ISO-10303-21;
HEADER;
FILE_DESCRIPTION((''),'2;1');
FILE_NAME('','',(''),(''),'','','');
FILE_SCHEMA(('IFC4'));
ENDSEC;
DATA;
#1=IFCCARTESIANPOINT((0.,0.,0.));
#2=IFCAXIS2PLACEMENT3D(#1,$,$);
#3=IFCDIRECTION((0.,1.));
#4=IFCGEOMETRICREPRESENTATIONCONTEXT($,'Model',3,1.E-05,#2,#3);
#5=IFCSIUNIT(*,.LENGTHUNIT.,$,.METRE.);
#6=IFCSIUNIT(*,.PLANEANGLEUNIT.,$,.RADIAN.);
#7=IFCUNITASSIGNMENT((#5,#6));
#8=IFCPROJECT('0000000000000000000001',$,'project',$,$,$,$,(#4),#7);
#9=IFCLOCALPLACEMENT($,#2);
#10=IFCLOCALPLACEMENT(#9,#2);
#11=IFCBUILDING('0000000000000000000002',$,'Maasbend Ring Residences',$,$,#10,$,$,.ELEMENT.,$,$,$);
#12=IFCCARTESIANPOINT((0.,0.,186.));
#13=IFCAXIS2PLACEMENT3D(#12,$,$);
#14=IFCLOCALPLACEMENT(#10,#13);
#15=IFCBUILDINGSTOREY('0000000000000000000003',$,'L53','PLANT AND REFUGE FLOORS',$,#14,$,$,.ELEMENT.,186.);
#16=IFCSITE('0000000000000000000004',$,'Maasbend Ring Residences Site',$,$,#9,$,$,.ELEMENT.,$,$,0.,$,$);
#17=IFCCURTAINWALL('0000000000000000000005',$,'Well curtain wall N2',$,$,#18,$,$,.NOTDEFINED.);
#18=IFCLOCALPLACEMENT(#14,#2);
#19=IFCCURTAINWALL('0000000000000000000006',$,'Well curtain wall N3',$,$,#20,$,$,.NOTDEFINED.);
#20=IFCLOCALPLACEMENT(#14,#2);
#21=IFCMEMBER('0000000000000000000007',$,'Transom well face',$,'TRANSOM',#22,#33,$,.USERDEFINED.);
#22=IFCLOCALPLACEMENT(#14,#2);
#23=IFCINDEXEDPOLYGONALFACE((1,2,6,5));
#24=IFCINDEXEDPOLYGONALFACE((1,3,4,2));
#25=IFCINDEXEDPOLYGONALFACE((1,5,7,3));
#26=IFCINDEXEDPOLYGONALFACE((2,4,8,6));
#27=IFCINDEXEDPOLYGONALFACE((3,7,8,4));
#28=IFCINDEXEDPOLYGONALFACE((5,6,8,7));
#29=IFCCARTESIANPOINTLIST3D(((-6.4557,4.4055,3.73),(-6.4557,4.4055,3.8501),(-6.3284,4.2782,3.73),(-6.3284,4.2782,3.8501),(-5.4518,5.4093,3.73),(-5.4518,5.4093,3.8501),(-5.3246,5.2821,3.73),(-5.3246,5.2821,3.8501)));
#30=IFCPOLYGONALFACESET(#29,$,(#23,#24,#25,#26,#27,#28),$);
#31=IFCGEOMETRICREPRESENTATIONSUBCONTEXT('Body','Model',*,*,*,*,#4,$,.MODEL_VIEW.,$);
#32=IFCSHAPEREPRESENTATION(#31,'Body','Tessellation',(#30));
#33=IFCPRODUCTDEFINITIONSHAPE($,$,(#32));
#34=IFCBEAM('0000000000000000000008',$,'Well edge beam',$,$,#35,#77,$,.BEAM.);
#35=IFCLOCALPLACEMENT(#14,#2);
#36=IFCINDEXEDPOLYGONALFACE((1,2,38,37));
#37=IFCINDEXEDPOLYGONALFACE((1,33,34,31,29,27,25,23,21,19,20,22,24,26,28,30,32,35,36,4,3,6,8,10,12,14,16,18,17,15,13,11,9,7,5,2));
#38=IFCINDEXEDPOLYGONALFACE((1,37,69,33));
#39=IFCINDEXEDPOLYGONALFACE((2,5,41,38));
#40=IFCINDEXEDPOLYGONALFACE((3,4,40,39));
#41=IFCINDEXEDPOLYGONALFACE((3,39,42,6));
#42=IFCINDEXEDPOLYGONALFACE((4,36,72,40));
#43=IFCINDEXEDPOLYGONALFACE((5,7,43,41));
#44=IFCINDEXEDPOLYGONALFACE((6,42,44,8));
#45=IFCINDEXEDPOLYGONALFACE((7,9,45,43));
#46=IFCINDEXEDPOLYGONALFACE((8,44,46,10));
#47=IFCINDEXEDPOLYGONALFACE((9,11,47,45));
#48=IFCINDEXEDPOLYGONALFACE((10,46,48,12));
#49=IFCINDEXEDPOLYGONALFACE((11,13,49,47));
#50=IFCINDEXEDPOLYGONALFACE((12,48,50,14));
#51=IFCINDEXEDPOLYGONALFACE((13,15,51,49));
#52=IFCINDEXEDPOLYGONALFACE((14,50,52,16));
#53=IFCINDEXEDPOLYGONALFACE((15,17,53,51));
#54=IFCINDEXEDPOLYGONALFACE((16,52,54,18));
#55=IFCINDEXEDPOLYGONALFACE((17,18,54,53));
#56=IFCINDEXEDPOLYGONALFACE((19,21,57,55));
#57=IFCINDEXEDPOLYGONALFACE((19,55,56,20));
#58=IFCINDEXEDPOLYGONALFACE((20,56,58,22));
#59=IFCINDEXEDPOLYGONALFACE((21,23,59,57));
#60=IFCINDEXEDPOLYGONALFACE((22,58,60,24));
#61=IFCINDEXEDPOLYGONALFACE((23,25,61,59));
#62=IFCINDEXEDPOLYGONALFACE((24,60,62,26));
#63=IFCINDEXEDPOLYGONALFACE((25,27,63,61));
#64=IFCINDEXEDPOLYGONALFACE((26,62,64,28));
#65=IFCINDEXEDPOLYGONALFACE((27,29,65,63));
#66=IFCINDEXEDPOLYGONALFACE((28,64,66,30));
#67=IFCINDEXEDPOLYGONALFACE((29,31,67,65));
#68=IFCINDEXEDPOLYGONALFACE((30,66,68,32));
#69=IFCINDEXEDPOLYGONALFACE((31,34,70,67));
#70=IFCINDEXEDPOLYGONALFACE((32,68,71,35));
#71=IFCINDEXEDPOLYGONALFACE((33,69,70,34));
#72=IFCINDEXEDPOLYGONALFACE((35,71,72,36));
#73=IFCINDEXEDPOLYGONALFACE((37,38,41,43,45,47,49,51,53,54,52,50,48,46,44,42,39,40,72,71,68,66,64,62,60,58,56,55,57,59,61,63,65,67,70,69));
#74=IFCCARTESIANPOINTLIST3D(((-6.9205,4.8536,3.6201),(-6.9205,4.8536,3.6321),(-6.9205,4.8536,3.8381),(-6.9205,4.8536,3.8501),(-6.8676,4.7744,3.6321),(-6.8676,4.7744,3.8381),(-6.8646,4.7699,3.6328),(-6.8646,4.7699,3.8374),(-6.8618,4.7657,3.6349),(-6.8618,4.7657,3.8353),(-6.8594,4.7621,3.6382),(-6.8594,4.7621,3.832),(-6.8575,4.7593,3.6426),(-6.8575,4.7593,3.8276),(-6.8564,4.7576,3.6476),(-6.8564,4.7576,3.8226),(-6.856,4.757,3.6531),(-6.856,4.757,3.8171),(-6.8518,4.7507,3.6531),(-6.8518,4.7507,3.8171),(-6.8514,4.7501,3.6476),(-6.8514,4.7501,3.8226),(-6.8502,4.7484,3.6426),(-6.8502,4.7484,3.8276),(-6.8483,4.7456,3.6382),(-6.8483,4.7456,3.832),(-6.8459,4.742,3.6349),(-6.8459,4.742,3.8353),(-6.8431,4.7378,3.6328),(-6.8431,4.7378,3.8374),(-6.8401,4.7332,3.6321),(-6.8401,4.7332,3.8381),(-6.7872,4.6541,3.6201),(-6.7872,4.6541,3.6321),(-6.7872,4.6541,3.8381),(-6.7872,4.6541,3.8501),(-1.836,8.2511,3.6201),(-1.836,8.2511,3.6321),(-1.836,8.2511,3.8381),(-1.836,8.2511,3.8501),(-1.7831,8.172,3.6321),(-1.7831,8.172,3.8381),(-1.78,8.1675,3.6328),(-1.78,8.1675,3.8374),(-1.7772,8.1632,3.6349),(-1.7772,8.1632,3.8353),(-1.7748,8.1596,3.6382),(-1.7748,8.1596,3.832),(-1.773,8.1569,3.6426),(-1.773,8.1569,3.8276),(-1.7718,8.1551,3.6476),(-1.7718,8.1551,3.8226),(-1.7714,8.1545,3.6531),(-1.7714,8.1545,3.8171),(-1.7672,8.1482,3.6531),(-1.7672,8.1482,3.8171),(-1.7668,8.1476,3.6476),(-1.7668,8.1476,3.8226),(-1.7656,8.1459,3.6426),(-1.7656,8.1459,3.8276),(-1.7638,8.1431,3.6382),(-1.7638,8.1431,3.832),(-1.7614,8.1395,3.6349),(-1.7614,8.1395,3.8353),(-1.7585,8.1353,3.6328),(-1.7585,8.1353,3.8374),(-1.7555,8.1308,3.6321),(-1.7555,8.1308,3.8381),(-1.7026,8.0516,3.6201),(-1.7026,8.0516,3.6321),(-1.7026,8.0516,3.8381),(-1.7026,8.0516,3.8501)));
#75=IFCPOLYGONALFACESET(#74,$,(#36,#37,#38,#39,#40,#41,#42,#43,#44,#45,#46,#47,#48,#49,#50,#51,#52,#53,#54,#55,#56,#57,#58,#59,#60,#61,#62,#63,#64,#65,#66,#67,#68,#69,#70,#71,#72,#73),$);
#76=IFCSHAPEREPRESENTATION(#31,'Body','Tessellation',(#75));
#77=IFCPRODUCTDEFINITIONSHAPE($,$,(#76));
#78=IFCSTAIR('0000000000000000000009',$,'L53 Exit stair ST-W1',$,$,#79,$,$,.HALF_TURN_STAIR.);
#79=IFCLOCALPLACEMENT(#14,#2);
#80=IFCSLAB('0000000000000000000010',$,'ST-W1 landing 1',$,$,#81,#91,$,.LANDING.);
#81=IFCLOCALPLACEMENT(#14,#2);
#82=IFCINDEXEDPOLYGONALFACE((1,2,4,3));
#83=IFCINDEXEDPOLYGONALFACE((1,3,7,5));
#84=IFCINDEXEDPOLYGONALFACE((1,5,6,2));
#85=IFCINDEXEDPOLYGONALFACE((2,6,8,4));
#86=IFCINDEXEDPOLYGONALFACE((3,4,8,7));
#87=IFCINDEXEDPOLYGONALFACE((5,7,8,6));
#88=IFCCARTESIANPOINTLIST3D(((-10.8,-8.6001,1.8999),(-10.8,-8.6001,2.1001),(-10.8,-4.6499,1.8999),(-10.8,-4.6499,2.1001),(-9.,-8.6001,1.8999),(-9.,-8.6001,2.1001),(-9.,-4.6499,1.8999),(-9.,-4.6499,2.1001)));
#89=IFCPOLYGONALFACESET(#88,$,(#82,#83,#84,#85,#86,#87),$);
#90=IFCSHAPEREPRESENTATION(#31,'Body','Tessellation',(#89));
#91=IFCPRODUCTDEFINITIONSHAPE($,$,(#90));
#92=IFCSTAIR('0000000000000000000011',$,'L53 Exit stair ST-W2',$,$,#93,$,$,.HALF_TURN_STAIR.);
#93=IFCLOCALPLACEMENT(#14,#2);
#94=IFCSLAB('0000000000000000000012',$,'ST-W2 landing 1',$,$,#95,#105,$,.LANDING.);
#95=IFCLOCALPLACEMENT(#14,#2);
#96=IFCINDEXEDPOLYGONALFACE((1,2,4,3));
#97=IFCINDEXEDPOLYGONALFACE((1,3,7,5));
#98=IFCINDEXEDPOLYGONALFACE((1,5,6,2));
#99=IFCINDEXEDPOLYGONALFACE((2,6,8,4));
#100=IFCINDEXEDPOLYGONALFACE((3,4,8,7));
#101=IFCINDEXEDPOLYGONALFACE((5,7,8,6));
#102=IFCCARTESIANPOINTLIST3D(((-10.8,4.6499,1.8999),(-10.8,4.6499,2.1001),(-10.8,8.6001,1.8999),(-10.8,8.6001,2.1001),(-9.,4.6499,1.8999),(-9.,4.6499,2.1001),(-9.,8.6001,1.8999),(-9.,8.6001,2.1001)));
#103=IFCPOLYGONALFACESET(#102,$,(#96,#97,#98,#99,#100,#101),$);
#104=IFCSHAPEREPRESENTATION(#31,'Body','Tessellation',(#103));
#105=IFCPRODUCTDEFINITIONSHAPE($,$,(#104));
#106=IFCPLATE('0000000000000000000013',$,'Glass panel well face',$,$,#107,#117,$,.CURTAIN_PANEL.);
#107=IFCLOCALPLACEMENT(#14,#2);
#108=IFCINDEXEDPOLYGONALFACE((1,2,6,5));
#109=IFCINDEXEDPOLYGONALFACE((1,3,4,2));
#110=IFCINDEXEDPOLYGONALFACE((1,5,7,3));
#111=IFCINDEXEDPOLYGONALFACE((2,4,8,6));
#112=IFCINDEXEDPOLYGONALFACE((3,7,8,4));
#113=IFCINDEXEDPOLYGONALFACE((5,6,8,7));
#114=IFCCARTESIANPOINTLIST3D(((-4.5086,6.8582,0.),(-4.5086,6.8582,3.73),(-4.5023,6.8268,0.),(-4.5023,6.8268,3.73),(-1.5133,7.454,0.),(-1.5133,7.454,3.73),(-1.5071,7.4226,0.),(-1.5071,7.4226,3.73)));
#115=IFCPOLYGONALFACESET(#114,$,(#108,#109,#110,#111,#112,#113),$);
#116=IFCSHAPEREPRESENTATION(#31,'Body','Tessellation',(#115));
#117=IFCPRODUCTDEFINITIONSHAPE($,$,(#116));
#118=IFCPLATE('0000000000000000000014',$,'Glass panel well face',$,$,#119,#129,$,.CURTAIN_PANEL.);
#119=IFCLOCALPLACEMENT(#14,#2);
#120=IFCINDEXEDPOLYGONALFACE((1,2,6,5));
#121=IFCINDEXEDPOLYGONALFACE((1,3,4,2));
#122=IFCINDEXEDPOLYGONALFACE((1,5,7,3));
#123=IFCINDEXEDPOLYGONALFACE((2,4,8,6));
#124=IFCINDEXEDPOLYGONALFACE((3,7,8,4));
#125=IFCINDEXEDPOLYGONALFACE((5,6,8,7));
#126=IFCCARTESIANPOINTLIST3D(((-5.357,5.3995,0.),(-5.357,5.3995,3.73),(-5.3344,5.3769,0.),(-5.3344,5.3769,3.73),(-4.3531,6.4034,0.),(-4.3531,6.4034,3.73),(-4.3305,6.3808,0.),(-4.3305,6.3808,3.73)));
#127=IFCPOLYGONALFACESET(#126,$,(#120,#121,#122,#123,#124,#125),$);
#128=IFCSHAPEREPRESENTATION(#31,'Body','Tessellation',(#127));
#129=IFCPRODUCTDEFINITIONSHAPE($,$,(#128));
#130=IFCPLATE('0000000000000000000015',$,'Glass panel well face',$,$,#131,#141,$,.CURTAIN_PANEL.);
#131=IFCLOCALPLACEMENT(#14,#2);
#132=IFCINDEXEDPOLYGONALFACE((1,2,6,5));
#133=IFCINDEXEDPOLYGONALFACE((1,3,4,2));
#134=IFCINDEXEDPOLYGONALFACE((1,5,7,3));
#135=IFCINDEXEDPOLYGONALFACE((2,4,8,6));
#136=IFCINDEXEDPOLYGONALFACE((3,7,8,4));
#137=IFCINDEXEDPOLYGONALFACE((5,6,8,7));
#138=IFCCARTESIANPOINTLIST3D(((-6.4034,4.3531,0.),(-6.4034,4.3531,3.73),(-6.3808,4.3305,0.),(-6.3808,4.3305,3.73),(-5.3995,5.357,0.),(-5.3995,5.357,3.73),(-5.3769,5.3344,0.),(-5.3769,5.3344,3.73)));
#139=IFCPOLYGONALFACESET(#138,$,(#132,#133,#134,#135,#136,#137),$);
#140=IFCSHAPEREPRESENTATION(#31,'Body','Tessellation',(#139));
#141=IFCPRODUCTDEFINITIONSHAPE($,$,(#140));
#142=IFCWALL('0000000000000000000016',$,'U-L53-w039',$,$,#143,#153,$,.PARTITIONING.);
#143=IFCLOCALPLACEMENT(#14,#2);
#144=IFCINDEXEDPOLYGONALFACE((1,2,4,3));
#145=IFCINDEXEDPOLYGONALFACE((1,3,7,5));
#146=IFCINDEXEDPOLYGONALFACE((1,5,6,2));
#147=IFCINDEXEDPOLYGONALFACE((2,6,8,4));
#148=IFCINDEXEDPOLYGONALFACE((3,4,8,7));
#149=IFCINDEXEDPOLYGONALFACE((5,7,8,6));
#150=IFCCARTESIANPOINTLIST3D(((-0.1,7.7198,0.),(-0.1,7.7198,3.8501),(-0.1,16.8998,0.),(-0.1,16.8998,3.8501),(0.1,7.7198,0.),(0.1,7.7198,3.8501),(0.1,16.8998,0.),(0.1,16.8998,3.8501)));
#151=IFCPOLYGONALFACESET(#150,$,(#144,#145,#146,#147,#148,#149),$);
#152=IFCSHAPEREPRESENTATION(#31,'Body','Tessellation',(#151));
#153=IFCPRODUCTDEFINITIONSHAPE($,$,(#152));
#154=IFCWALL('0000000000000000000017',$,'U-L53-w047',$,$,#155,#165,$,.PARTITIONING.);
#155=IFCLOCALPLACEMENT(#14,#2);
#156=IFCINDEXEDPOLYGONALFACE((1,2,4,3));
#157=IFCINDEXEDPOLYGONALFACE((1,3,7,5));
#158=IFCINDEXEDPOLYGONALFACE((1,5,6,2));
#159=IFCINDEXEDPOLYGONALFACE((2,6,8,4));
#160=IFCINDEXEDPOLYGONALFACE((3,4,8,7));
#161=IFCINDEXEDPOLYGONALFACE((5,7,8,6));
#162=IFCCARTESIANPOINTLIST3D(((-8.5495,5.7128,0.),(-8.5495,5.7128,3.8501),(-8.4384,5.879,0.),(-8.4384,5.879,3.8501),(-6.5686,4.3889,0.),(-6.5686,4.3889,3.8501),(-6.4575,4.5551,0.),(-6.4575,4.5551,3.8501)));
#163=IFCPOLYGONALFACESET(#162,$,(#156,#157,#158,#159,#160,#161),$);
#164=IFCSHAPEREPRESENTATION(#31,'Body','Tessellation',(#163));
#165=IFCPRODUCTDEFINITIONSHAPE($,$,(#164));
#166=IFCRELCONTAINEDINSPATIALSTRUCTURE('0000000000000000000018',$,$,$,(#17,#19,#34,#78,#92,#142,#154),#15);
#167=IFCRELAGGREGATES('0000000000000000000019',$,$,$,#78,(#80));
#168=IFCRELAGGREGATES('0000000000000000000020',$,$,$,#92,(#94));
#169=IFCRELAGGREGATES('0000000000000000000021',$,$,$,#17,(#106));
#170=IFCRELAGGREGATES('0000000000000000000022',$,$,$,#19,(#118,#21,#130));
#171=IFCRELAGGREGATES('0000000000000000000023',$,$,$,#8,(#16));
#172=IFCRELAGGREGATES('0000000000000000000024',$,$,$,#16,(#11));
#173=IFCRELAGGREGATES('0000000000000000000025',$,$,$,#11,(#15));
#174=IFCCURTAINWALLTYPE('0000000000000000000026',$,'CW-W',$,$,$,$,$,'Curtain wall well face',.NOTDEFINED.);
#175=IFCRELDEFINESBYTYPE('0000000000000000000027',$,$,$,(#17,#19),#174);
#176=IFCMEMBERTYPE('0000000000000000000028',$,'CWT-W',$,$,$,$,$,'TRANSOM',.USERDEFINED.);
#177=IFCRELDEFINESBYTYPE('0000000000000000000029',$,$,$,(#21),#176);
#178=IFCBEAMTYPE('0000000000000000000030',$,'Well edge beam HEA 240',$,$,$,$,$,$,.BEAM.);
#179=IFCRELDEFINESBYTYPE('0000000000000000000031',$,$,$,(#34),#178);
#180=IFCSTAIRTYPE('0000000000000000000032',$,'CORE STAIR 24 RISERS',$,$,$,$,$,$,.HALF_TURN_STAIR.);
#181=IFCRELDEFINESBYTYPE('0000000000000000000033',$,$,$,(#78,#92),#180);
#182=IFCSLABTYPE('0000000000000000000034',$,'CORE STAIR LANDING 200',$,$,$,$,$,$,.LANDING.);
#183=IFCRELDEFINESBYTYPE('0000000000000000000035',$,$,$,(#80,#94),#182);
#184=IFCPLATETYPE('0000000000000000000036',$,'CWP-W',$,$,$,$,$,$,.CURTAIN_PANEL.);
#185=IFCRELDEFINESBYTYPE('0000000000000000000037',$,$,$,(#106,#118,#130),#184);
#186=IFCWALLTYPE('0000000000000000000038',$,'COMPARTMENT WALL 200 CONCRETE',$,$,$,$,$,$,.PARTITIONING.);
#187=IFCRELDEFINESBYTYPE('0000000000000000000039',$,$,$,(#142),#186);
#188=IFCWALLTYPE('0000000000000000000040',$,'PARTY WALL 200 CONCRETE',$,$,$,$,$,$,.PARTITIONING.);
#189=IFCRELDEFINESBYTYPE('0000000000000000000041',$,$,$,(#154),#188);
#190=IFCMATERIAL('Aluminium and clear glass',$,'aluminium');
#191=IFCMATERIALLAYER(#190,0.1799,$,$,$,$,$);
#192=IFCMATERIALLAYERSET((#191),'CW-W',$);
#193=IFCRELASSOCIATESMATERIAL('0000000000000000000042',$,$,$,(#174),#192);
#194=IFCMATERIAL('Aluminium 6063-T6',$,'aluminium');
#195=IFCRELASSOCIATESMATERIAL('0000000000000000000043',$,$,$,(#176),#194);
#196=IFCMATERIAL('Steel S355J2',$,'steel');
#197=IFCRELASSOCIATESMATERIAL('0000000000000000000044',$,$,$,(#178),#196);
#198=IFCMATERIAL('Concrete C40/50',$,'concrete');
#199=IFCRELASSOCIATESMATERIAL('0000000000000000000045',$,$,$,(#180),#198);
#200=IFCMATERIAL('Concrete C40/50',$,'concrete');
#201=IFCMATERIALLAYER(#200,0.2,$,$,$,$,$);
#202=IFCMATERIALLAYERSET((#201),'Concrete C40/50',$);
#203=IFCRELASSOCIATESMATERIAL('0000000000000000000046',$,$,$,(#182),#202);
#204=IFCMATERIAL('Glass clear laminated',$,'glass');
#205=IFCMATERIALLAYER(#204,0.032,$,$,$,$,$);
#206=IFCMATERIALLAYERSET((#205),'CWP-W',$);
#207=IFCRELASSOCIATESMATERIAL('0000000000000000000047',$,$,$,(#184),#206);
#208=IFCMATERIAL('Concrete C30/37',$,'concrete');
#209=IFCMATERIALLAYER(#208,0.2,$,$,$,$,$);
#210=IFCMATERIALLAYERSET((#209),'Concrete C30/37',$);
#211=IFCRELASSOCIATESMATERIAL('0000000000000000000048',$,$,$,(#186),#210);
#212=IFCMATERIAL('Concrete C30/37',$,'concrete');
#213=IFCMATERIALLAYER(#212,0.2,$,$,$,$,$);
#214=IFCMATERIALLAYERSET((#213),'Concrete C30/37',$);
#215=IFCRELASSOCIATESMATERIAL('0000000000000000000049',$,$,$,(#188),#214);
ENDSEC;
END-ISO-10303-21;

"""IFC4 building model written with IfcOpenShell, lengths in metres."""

from ifc_helpers import new_model, si_unit, direction, frame, frame_2d, origin, origin_2d, place, context, subcontext, project, spatial, polyline, rectangle, i_section, outline, extrude, material, layer, layer_set, material_profile, profile_set, type_object, element, aggregate, save


model = new_model("IFC4")

# Units and contexts
model_context = context("Model", 3, precision=1e-05, world=origin(), true_north=direction((0.0, 1.0)))
body_context = subcontext(model_context, "Body", "Model", "MODEL_VIEW")
ifc_project = project(units=[si_unit("LENGTHUNIT", "METRE"), si_unit("PLANEANGLEUNIT", "RADIAN")], contexts=[model_context])

# Site, building, storey
site_placement = place(None, origin())
site = spatial("IfcSite", under=ifc_project, at=site_placement, Name="Maasbend Ring Residences Site", CompositionType="ELEMENT", RefElevation=0.0)
building_placement = place(site_placement, origin())
building = spatial("IfcBuilding", under=site, at=building_placement, Name="Maasbend Ring Residences", CompositionType="ELEMENT")
storey_placement = place(building_placement, frame((0.0, 0.0, 186.0)))
storey = spatial("IfcBuildingStorey", under=building, at=storey_placement, Name="L53", Description="PLANT AND REFUGE FLOORS", CompositionType="ELEMENT", Elevation=186.0)

# Curtain walls
ifc_material_1 = material(Name="Aluminium and clear glass", Category="aluminium")
ifc_layer_1 = layer(ifc_material_1, 0.1799)
ifc_layer_set_1 = layer_set([ifc_layer_1], Name="CW-W")
curtain_wall_type = type_object("IfcCurtainWallType", Name="CW-W", ElementType="Curtain wall well face", PredefinedType="NOTDEFINED", material=ifc_layer_set_1)
curtain_wall_1_placement = place(storey_placement, origin())
curtain_wall_1 = element("IfcCurtainWall", 1, at=curtain_wall_1_placement, inside=storey, type_object=curtain_wall_type, Name="Well curtain wall N2", PredefinedType="NOTDEFINED")
curtain_wall_2_placement = place(storey_placement, origin())
curtain_wall_2 = element("IfcCurtainWall", 2, at=curtain_wall_2_placement, inside=storey, type_object=curtain_wall_type, Name="Well curtain wall N3", PredefinedType="NOTDEFINED")

# Member
ifc_material_2 = material(Name="Aluminium 6063-T6", Category="aluminium")
ifc_material_profile_1 = material_profile(ifc_material_2, rectangle(XDim=0.1799, YDim=0.1201, at=origin_2d()), Name="AL 180x120")
ifc_profile_set_1 = profile_set([ifc_material_profile_1], Name="Aluminium 6063-T6")
member_type_1 = type_object("IfcMemberType", Name="CWT-W", ElementType="TRANSOM", PredefinedType="USERDEFINED", material=ifc_profile_set_1)
member_1_placement = place(storey_placement, frame((-5.3882, 5.3457, 3.79), z_axis=(-0.707107, -0.707107, 0.0), x_axis=(0.707107, -0.707107, 0.0)))
member_1 = element("IfcMember", 3, at=member_1_placement, type_object=member_type_1, Name="Transom well face", ObjectType="TRANSOM", PredefinedType="USERDEFINED", context=body_context, shape_type="SweptSolid", body=[
    extrude(rectangle(XDim=0.1799, YDim=0.1201, at=origin_2d()), origin(), (0.0, 0.0, 1.0), 1.4197),
])

# Beam
ifc_material_3 = material(Name="Steel S355J2", Category="steel")
ifc_material_profile_2 = material_profile(ifc_material_3, i_section(OverallWidth=0.24, OverallDepth=0.23, WebThickness=0.0076, FlangeThickness=0.012, FilletRadius=0.021, at=origin_2d()), Name="HEA 240")
ifc_profile_set_2 = profile_set([ifc_material_profile_2], Name="Steel S355J2")
beam_type = type_object("IfcBeamType", Name="Well edge beam HEA 240", PredefinedType="BEAM", material=ifc_profile_set_2)
beam_placement = place(storey_placement, frame((-1.7693, 8.1514, 3.7351), z_axis=(-0.83146, -0.555584, 0.0), x_axis=(0.555584, -0.83146, 0.0)))
element("IfcBeam", 4, at=beam_placement, inside=storey, type_object=beam_type, Name="Well edge beam", PredefinedType="BEAM", context=body_context, shape_type="SweptSolid", body=[
    extrude(i_section(OverallWidth=0.24, OverallDepth=0.23, WebThickness=0.0076, FlangeThickness=0.012, FilletRadius=0.021, at=origin_2d()), origin(), (0.0, 0.0, 1.0), 6.1152),
])

# Stairs, slabs
ifc_material_4 = material(Name="Concrete C40/50", Category="concrete")
stair_type = type_object("IfcStairType", Name="CORE STAIR 24 RISERS", PredefinedType="HALF_TURN_STAIR", material=ifc_material_4)
stair_1_placement = place(storey_placement, origin())
stair_1 = element("IfcStair", 5, at=stair_1_placement, inside=storey, type_object=stair_type, Name="L53 Exit stair ST-W1", PredefinedType="HALF_TURN_STAIR")
ifc_material_5 = material(Name="Concrete C40/50", Category="concrete")
ifc_layer_2 = layer(ifc_material_5, 0.2)
ifc_layer_set_2 = layer_set([ifc_layer_2], Name="Concrete C40/50")
slab_type = type_object("IfcSlabType", Name="CORE STAIR LANDING 200", PredefinedType="LANDING", material=ifc_layer_set_2)
slab_1_placement = place(storey_placement, frame((0.0, 0.0, 1.8999)))
slab_1 = element("IfcSlab", 6, at=slab_1_placement, type_object=slab_type, Name="ST-W1 landing 1", PredefinedType="LANDING", context=body_context, shape_type="SweptSolid", body=[
    extrude(outline(polyline([(-10.8, -8.6001), (-9.0, -8.6001), (-9.0, -4.6499), (-10.8, -4.6499), (-10.8, -8.6001)])), origin(), (0.0, 0.0, 1.0), 0.2002),
])
aggregate(stair_1, [slab_1])
stair_2_placement = place(storey_placement, origin())
stair_2 = element("IfcStair", 7, at=stair_2_placement, inside=storey, type_object=stair_type, Name="L53 Exit stair ST-W2", PredefinedType="HALF_TURN_STAIR")
slab_2_placement = place(storey_placement, frame((0.0, 0.0, 1.8999)))
slab_2 = element("IfcSlab", 8, at=slab_2_placement, type_object=slab_type, Name="ST-W2 landing 1", PredefinedType="LANDING", context=body_context, shape_type="SweptSolid", body=[
    extrude(outline(polyline([(-10.8, 4.6499), (-9.0, 4.6499), (-9.0, 8.6001), (-10.8, 8.6001), (-10.8, 4.6499)])), origin(), (0.0, 0.0, 1.0), 0.2002),
])
aggregate(stair_2, [slab_2])

# Plates
ifc_material_6 = material(Name="Glass clear laminated", Category="glass")
ifc_layer_3 = layer(ifc_material_6, 0.032)
ifc_layer_set_3 = layer_set([ifc_layer_3], Name="CWP-W")
plate_type = type_object("IfcPlateType", Name="CWP-W", PredefinedType="CURTAIN_PANEL", material=ifc_layer_set_3)
plate_1_placement = place(storey_placement, frame((-3.0078, 7.1404, 0.0), z_axis=(0.0, 0.0, 1.0), x_axis=(-0.980785, -0.19509, 0.0)))
plate_1 = element("IfcPlate", 9, at=plate_1_placement, type_object=plate_type, Name="Glass panel well face", PredefinedType="CURTAIN_PANEL", context=body_context, shape_type="SweptSolid", body=[
    extrude(rectangle(XDim=3.054, YDim=0.032, at=origin_2d()), origin(), (0.0, 0.0, 1.0), 3.73),
])
aggregate(curtain_wall_1, [plate_1])
plate_2_placement = place(storey_placement, frame((-4.8438, 5.8901, 0.0), z_axis=(0.0, 0.0, 1.0), x_axis=(-0.707107, -0.707107, 0.0)))
plate_2 = element("IfcPlate", 10, at=plate_2_placement, type_object=plate_type, Name="Glass panel well face", PredefinedType="CURTAIN_PANEL", context=body_context, shape_type="SweptSolid", body=[
    extrude(rectangle(XDim=1.4197, YDim=0.032, at=origin_2d()), origin(), (0.0, 0.0, 1.0), 3.73),
])
plate_3_placement = place(storey_placement, frame((-5.8901, 4.8438, 0.0), z_axis=(0.0, 0.0, 1.0), x_axis=(-0.707107, -0.707107, 0.0)))
plate_3 = element("IfcPlate", 11, at=plate_3_placement, type_object=plate_type, Name="Glass panel well face", PredefinedType="CURTAIN_PANEL", context=body_context, shape_type="SweptSolid", body=[
    extrude(rectangle(XDim=1.4197, YDim=0.032, at=origin_2d()), origin(), (0.0, 0.0, 1.0), 3.73),
])
aggregate(curtain_wall_2, [plate_2, member_1, plate_3])

# Walls
ifc_material_7 = material(Name="Concrete C30/37", Category="concrete")
ifc_layer_4 = layer(ifc_material_7, 0.2)
ifc_layer_set_4 = layer_set([ifc_layer_4], Name="Concrete C30/37")
wall_type_1 = type_object("IfcWallType", Name="COMPARTMENT WALL 200 CONCRETE", PredefinedType="PARTITIONING", material=ifc_layer_set_4)
wall_1_placement = place(storey_placement, frame((0.0, 7.72, 0.0), z_axis=(0.0, 0.0, 1.0), x_axis=(0.0, 1.0, 0.0)))
element("IfcWall", 12, at=wall_1_placement, inside=storey, type_object=wall_type_1, Name="U-L53-w039", PredefinedType="PARTITIONING", context=body_context, shape_type="SweptSolid", body=[
    extrude(rectangle(XDim=9.1799, YDim=0.2, at=frame_2d((4.5898, 0.0))), origin(), (0.0, 0.0, 1.0), 3.8501),
])
ifc_material_8 = material(Name="Concrete C30/37", Category="concrete")
ifc_layer_5 = layer(ifc_material_8, 0.2)
ifc_layer_set_5 = layer_set([ifc_layer_5], Name="Concrete C30/37")
wall_type_2 = type_object("IfcWallType", Name="PARTY WALL 200 CONCRETE", PredefinedType="PARTITIONING", material=ifc_layer_set_5)
wall_2_placement = place(storey_placement, frame((-6.5129, 4.4719, 0.0), z_axis=(0.0, 0.0, 1.0), x_axis=(-0.831403, 0.555669, 0.0)))
element("IfcWall", 13, at=wall_2_placement, inside=storey, type_object=wall_type_2, Name="U-L53-w047", PredefinedType="PARTITIONING", context=body_context, shape_type="SweptSolid", body=[
    extrude(rectangle(XDim=2.3826, YDim=0.2, at=frame_2d((1.1914, 0.0))), origin(), (0.0, 0.0, 1.0), 3.8501),
])

save(model, "model.ifc")
